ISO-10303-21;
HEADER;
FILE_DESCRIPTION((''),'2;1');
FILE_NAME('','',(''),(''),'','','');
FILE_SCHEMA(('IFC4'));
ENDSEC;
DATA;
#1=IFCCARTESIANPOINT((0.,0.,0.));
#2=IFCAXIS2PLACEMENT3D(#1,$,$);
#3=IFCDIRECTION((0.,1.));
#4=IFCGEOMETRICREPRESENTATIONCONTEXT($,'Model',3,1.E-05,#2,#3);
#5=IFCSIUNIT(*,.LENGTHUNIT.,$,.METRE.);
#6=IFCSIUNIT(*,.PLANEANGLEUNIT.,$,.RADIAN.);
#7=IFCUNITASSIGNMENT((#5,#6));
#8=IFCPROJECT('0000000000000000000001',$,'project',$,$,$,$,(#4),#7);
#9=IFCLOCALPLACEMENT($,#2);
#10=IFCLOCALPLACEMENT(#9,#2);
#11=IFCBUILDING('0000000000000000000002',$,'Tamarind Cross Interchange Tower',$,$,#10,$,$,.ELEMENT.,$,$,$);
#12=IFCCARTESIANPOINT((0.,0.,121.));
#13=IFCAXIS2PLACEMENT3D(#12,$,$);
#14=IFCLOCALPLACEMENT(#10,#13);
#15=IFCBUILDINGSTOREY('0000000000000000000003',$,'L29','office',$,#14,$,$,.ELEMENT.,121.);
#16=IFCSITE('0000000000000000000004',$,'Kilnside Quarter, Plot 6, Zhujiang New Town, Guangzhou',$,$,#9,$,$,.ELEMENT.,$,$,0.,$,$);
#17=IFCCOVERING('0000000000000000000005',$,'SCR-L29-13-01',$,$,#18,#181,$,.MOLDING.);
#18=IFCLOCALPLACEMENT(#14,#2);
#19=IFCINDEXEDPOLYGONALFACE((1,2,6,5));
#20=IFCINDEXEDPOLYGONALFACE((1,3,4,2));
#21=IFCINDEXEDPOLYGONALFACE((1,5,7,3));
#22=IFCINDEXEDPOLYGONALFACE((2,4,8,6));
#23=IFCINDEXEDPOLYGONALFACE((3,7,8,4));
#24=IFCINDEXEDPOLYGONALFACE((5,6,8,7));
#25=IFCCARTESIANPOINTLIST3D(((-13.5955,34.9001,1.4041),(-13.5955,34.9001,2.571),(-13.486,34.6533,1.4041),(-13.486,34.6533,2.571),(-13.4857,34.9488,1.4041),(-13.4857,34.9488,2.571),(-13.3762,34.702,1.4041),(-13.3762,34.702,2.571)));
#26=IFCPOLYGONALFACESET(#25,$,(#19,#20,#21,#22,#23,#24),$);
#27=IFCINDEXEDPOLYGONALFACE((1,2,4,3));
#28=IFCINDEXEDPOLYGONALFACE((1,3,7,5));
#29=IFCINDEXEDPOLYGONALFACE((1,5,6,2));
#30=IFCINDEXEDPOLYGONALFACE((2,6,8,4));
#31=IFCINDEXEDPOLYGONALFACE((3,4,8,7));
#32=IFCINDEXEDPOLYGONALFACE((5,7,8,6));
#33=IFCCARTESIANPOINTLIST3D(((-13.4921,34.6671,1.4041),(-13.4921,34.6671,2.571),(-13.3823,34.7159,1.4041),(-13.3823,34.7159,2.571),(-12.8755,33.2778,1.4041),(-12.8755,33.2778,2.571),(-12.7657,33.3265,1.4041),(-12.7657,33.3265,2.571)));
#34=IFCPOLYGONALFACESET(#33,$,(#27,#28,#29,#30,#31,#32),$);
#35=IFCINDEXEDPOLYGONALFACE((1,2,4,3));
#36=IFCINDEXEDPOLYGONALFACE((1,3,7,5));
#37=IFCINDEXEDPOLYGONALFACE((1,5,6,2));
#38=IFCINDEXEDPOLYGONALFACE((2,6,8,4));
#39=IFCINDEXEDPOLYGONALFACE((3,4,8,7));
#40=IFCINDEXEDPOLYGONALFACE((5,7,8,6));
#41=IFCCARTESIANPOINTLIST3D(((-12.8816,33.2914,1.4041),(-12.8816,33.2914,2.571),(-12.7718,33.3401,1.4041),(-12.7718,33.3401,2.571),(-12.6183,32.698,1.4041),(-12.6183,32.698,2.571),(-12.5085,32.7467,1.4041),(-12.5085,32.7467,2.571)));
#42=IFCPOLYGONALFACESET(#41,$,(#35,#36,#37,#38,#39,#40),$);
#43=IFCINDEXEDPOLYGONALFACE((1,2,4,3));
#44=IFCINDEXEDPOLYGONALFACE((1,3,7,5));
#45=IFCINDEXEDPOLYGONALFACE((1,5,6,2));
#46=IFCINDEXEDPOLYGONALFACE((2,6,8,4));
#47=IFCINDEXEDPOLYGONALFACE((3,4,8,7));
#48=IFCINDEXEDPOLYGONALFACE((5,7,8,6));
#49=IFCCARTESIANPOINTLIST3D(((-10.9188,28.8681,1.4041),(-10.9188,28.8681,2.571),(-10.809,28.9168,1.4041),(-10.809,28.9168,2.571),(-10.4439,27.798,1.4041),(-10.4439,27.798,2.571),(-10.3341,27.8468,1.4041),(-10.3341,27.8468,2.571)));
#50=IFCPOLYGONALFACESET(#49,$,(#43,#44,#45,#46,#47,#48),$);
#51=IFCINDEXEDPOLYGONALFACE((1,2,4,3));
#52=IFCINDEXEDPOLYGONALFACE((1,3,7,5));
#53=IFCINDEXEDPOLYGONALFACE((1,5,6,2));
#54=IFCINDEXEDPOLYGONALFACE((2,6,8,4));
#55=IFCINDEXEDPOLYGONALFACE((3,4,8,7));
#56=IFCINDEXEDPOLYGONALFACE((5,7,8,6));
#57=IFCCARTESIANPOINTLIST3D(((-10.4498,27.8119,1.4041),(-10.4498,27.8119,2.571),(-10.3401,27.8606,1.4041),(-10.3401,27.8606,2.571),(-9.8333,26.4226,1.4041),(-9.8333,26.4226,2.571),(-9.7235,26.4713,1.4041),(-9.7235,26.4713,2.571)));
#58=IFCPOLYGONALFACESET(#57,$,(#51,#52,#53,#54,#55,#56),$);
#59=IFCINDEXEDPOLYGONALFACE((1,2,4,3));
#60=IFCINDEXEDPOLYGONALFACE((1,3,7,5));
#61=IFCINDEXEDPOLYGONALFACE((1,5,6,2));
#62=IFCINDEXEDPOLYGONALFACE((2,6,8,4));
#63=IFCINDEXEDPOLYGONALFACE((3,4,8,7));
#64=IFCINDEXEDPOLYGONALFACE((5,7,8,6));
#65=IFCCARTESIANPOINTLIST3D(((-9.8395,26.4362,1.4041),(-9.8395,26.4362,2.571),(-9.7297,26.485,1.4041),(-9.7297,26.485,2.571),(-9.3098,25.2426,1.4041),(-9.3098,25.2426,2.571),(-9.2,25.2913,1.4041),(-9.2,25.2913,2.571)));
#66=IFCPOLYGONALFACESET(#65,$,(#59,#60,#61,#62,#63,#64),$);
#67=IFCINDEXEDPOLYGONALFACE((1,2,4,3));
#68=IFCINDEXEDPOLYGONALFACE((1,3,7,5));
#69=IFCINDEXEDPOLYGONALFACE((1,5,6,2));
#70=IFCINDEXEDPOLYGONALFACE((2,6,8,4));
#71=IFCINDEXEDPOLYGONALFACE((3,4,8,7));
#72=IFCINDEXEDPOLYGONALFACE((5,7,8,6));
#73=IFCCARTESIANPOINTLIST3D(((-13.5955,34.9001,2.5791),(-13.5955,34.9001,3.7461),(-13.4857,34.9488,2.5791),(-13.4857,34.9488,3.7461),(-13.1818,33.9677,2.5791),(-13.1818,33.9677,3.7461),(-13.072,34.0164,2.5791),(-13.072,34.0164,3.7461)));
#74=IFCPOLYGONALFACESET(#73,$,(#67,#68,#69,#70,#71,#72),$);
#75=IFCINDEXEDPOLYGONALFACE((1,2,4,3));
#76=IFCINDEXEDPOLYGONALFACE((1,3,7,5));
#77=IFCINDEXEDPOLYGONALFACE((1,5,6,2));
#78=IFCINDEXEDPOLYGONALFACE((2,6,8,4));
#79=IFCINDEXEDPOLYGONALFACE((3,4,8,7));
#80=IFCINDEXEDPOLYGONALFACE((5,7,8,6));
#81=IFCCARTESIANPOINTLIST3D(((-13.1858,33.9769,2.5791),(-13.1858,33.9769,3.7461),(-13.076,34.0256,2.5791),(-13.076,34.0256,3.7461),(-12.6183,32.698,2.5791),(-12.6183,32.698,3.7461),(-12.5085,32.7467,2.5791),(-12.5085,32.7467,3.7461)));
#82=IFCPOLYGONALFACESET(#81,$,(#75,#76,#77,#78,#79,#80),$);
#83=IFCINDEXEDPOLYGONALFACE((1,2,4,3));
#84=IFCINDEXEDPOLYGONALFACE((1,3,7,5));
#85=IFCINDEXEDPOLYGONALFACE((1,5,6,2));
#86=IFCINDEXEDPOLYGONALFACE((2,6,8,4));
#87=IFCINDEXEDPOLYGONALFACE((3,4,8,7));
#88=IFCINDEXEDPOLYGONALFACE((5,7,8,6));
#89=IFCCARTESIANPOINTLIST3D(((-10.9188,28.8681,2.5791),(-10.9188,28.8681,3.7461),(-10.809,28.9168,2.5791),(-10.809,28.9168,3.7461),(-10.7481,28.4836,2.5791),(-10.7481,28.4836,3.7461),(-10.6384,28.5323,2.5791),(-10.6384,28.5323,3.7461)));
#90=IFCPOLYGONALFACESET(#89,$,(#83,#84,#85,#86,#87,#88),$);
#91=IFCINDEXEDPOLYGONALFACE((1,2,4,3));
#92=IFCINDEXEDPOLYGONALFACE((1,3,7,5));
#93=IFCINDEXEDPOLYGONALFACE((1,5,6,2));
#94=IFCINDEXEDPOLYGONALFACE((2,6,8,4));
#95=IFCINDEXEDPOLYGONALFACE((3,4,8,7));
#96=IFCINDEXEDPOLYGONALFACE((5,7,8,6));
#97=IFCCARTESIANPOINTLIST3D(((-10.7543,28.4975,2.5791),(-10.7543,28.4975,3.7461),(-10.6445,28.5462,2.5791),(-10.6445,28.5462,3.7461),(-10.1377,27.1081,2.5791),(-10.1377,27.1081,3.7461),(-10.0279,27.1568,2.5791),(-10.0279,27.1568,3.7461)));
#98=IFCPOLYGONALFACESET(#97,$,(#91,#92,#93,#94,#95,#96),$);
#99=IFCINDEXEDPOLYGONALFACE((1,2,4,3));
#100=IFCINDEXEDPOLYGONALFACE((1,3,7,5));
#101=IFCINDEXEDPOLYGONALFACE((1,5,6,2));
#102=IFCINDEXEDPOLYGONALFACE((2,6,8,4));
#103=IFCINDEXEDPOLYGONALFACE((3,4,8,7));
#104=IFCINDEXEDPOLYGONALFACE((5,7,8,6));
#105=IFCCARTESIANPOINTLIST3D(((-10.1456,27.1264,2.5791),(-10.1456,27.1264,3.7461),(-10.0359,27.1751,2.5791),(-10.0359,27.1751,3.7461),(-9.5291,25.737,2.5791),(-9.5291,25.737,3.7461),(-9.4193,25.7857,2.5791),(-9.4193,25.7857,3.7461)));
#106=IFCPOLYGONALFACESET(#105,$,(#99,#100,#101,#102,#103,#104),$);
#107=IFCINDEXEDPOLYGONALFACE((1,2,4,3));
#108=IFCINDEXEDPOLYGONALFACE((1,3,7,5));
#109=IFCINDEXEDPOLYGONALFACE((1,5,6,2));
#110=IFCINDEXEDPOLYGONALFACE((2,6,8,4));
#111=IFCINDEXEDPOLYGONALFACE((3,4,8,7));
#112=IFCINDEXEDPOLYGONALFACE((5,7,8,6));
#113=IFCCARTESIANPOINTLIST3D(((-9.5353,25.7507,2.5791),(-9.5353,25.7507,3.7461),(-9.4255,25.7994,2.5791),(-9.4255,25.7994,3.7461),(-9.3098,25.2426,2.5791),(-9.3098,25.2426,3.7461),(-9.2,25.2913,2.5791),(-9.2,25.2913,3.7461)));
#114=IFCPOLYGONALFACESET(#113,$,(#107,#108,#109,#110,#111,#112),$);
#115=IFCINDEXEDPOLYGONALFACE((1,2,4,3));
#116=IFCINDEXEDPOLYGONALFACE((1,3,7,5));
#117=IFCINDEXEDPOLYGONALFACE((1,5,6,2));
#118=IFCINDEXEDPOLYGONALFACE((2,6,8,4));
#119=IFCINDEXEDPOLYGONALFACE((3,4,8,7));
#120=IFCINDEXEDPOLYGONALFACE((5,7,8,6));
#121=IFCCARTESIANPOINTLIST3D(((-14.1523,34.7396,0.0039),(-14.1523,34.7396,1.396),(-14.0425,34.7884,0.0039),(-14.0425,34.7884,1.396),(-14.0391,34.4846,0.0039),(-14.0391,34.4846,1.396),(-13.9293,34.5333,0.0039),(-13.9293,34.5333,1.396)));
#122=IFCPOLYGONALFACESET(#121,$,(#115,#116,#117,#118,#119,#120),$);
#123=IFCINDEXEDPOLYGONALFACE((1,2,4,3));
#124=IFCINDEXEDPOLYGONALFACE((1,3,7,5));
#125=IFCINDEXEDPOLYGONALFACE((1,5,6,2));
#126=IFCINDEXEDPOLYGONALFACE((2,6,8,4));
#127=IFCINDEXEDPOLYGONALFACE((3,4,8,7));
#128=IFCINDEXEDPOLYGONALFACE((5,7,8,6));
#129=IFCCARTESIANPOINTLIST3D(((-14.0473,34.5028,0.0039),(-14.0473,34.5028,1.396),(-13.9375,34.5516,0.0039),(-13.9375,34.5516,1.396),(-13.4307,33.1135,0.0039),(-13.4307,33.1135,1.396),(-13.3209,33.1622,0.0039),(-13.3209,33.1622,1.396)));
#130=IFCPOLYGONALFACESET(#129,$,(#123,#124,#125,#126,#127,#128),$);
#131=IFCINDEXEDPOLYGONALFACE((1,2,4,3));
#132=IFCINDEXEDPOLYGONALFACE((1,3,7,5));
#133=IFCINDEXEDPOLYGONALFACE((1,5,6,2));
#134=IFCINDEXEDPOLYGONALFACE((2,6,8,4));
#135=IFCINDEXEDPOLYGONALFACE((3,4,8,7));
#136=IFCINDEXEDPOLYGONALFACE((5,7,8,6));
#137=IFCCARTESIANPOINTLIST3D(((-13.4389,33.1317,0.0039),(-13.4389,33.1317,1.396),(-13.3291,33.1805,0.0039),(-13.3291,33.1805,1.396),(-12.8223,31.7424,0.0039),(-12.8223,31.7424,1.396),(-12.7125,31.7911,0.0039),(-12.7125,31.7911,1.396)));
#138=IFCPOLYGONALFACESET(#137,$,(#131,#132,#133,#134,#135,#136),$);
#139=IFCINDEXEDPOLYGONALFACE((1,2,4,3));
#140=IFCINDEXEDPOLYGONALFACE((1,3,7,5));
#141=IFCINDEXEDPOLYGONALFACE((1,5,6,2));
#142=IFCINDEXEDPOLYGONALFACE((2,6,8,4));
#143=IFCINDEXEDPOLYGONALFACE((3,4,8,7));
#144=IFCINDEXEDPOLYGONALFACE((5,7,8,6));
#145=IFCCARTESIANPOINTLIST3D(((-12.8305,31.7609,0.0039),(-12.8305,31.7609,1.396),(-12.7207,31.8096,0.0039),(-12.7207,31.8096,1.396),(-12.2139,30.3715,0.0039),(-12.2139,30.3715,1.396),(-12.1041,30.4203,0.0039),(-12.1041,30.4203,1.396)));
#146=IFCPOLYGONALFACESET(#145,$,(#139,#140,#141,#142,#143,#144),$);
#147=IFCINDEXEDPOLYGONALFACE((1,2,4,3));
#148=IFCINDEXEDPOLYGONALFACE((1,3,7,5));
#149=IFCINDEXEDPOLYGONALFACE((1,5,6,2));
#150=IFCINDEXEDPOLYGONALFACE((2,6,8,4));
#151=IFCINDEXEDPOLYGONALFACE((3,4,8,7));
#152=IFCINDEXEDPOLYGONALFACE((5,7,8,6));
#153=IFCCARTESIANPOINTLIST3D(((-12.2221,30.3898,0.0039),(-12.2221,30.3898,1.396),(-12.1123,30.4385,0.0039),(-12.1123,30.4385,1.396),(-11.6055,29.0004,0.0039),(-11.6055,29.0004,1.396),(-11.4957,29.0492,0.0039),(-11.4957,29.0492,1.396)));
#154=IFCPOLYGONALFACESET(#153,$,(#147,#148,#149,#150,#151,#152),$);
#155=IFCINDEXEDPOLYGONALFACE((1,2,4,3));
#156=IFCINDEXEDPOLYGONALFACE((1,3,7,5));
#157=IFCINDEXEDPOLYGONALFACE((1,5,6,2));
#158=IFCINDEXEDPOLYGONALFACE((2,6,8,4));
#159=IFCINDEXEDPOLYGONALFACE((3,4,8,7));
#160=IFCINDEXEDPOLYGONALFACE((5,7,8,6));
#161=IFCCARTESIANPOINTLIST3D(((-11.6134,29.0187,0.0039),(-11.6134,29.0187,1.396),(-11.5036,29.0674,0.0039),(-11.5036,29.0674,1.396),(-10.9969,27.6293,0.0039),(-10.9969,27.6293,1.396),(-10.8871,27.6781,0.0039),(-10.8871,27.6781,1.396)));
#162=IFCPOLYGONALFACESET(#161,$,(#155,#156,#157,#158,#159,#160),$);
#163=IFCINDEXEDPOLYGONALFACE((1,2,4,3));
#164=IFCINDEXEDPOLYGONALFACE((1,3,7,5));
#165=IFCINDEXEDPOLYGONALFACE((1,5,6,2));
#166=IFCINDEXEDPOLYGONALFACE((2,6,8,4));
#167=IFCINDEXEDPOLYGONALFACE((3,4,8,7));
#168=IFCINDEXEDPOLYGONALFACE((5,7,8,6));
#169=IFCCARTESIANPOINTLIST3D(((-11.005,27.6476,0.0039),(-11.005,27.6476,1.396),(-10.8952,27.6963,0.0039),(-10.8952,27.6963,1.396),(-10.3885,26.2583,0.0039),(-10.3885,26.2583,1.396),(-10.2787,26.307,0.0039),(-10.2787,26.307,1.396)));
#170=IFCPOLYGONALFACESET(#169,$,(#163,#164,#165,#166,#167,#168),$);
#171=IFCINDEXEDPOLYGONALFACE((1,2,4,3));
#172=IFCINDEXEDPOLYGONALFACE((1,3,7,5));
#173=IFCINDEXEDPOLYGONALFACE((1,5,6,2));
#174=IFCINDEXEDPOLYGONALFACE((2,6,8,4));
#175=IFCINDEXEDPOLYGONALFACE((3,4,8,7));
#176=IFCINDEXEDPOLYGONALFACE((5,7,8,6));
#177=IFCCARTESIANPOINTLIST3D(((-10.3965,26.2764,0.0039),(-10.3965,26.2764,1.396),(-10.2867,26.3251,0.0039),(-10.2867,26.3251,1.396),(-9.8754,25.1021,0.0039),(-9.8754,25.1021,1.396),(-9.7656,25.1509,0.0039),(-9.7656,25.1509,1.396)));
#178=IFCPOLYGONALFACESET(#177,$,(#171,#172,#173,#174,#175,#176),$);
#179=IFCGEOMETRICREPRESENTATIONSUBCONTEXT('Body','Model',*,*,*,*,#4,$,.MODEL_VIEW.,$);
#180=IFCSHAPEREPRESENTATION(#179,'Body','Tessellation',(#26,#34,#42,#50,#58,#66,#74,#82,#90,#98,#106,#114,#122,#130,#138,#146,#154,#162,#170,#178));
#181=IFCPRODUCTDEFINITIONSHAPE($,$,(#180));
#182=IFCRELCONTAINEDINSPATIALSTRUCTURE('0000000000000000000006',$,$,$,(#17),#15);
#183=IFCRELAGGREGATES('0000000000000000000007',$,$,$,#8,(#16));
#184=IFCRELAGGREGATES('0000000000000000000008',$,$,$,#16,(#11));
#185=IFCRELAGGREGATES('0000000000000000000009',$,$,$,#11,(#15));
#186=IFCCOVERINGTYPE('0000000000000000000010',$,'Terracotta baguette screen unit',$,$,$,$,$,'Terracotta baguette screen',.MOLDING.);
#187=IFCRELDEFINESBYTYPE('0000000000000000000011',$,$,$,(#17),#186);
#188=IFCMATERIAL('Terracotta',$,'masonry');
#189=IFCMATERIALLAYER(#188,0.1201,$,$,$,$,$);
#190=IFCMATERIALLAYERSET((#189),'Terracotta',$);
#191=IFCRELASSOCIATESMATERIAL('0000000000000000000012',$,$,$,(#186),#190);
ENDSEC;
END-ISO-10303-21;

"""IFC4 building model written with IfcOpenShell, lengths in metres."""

from ifc_helpers import new_model, si_unit, direction, frame, origin, origin_2d, place, context, subcontext, project, spatial, rectangle, extrude, material, layer, layer_set, type_object, element, save


model = new_model("IFC4")

# Units and contexts
model_context = context("Model", 3, precision=1e-05, world=origin(), true_north=direction((0.0, 1.0)))
body_context = subcontext(model_context, "Body", "Model", "MODEL_VIEW")
ifc_project = project(units=[si_unit("LENGTHUNIT", "METRE"), si_unit("PLANEANGLEUNIT", "RADIAN")], contexts=[model_context])

# Site, building, storey
site_placement = place(None, origin())
site = spatial("IfcSite", under=ifc_project, at=site_placement, Name="Kilnside Quarter, Plot 6, Zhujiang New Town, Guangzhou", CompositionType="ELEMENT", RefElevation=0.0)
building_placement = place(site_placement, origin())
building = spatial("IfcBuilding", under=site, at=building_placement, Name="Tamarind Cross Interchange Tower", CompositionType="ELEMENT")
storey_placement = place(building_placement, frame((0.0, 0.0, 121.0)))
storey = spatial("IfcBuildingStorey", under=building, at=storey_placement, Name="L29", Description="office", CompositionType="ELEMENT", Elevation=121.0)

# Covering
ifc_material_1 = material(Name="Terracotta", Category="masonry")
ifc_layer_1 = layer(ifc_material_1, 0.1201)
ifc_layer_set_1 = layer_set([ifc_layer_1], Name="Terracotta")
covering_type = type_object("IfcCoveringType", Name="Terracotta baguette screen unit", ElementType="Terracotta baguette screen", PredefinedType="MOLDING", material=ifc_layer_set_1)
covering_1_placement = place(storey_placement, origin())
element("IfcCovering", 1, at=covering_1_placement, inside=storey, type_object=covering_type, Name="SCR-L29-13-01", PredefinedType="MOLDING", context=body_context, shape_type="SweptSolid", body=[
    extrude(rectangle(XDim=0.27, YDim=0.1201, at=origin_2d()), frame((-13.4858, 34.801, 1.4041), z_axis=(0.0, 0.0, 1.0), x_axis=(0.405624, -0.91404, 0.0)), (0.0, 0.0, 1.0), 1.167),
    extrude(rectangle(XDim=1.52, YDim=0.1201, at=origin_2d()), frame((-13.1289, 33.9968, 1.4041), z_axis=(0.0, 0.0, 1.0), x_axis=(0.405624, -0.91404, 0.0)), (0.0, 0.0, 1.0), 1.167),
    extrude(rectangle(XDim=0.6492, YDim=0.1201, at=origin_2d()), frame((-12.6951, 33.019, 1.4041), z_axis=(0.0, 0.0, 1.0), x_axis=(0.405624, -0.91404, 0.0)), (0.0, 0.0, 1.0), 1.167),
    extrude(rectangle(XDim=1.1707, YDim=0.1201, at=origin_2d()), frame((-10.6265, 28.3574, 1.4041), z_axis=(0.0, 0.0, 1.0), x_axis=(0.405624, -0.91404, 0.0)), (0.0, 0.0, 1.0), 1.167),
    extrude(rectangle(XDim=1.52, YDim=0.1201, at=origin_2d()), frame((-10.0867, 27.1416, 1.4041), z_axis=(0.0, 0.0, 1.0), x_axis=(0.405624, -0.91404, 0.0)), (0.0, 0.0, 1.0), 1.167),
    extrude(rectangle(XDim=1.3059, YDim=0.1201, at=origin_2d()), frame((-9.5198, 25.8638, 1.4041), z_axis=(0.0, 0.0, 1.0), x_axis=(0.405624, -0.91404, 0.0)), (0.0, 0.0, 1.0), 1.167),
    extrude(rectangle(XDim=1.02, YDim=0.1201, at=origin_2d()), frame((-13.3337, 34.4583, 2.5791), z_axis=(0.0, 0.0, 1.0), x_axis=(0.405624, -0.91404, 0.0)), (0.0, 0.0, 1.0), 1.167),
    extrude(rectangle(XDim=1.3992, YDim=0.1201, at=origin_2d()), frame((-12.8472, 33.3618, 2.5791), z_axis=(0.0, 0.0, 1.0), x_axis=(0.405624, -0.91404, 0.0)), (0.0, 0.0, 1.0), 1.167),
    extrude(rectangle(XDim=0.4207, YDim=0.1201, at=origin_2d()), frame((-10.7786, 28.7002, 2.5791), z_axis=(0.0, 0.0, 1.0), x_axis=(0.405624, -0.91404, 0.0)), (0.0, 0.0, 1.0), 1.167),
    extrude(rectangle(XDim=1.52, YDim=0.1201, at=origin_2d()), frame((-10.3911, 27.8271, 2.5791), z_axis=(0.0, 0.0, 1.0), x_axis=(0.405624, -0.91404, 0.0)), (0.0, 0.0, 1.0), 1.167),
    extrude(rectangle(XDim=1.52, YDim=0.1201, at=origin_2d()), frame((-9.7825, 26.4561, 2.5791), z_axis=(0.0, 0.0, 1.0), x_axis=(0.405624, -0.91404, 0.0)), (0.0, 0.0, 1.0), 1.167),
    extrude(rectangle(XDim=0.5559, YDim=0.1201, at=origin_2d()), frame((-9.3677, 25.521, 2.5791), z_axis=(0.0, 0.0, 1.0), x_axis=(0.405624, -0.91404, 0.0)), (0.0, 0.0, 1.0), 1.167),
    extrude(rectangle(XDim=0.2791, YDim=0.1201, at=origin_2d()), frame((-14.0408, 34.6365, 0.0039), z_axis=(0.0, 0.0, 1.0), x_axis=(0.405624, -0.91404, 0.0)), (0.0, 0.0, 1.0), 1.3921),
    extrude(rectangle(XDim=1.52, YDim=0.1201, at=origin_2d()), frame((-13.6841, 33.8325, 0.0039), z_axis=(0.0, 0.0, 1.0), x_axis=(0.405624, -0.91404, 0.0)), (0.0, 0.0, 1.0), 1.3921),
    extrude(rectangle(XDim=1.52, YDim=0.1201, at=origin_2d()), frame((-13.0757, 32.4614, 0.0039), z_axis=(0.0, 0.0, 1.0), x_axis=(0.405624, -0.91404, 0.0)), (0.0, 0.0, 1.0), 1.3921),
    extrude(rectangle(XDim=1.52, YDim=0.1201, at=origin_2d()), frame((-12.4673, 31.0906, 0.0039), z_axis=(0.0, 0.0, 1.0), x_axis=(0.405624, -0.91404, 0.0)), (0.0, 0.0, 1.0), 1.3921),
    extrude(rectangle(XDim=1.52, YDim=0.1201, at=origin_2d()), frame((-11.8589, 29.7195, 0.0039), z_axis=(0.0, 0.0, 1.0), x_axis=(0.405624, -0.91404, 0.0)), (0.0, 0.0, 1.0), 1.3921),
    extrude(rectangle(XDim=1.52, YDim=0.1201, at=origin_2d()), frame((-11.2502, 28.3484, 0.0039), z_axis=(0.0, 0.0, 1.0), x_axis=(0.405624, -0.91404, 0.0)), (0.0, 0.0, 1.0), 1.3921),
    extrude(rectangle(XDim=1.52, YDim=0.1201, at=origin_2d()), frame((-10.6418, 26.9773, 0.0039), z_axis=(0.0, 0.0, 1.0), x_axis=(0.405624, -0.91404, 0.0)), (0.0, 0.0, 1.0), 1.3921),
    extrude(rectangle(XDim=1.2847, YDim=0.1201, at=origin_2d()), frame((-10.0811, 25.7136, 0.0039), z_axis=(0.0, 0.0, 1.0), x_axis=(0.405624, -0.91404, 0.0)), (0.0, 0.0, 1.0), 1.3921),
])

save(model, "model.ifc")
